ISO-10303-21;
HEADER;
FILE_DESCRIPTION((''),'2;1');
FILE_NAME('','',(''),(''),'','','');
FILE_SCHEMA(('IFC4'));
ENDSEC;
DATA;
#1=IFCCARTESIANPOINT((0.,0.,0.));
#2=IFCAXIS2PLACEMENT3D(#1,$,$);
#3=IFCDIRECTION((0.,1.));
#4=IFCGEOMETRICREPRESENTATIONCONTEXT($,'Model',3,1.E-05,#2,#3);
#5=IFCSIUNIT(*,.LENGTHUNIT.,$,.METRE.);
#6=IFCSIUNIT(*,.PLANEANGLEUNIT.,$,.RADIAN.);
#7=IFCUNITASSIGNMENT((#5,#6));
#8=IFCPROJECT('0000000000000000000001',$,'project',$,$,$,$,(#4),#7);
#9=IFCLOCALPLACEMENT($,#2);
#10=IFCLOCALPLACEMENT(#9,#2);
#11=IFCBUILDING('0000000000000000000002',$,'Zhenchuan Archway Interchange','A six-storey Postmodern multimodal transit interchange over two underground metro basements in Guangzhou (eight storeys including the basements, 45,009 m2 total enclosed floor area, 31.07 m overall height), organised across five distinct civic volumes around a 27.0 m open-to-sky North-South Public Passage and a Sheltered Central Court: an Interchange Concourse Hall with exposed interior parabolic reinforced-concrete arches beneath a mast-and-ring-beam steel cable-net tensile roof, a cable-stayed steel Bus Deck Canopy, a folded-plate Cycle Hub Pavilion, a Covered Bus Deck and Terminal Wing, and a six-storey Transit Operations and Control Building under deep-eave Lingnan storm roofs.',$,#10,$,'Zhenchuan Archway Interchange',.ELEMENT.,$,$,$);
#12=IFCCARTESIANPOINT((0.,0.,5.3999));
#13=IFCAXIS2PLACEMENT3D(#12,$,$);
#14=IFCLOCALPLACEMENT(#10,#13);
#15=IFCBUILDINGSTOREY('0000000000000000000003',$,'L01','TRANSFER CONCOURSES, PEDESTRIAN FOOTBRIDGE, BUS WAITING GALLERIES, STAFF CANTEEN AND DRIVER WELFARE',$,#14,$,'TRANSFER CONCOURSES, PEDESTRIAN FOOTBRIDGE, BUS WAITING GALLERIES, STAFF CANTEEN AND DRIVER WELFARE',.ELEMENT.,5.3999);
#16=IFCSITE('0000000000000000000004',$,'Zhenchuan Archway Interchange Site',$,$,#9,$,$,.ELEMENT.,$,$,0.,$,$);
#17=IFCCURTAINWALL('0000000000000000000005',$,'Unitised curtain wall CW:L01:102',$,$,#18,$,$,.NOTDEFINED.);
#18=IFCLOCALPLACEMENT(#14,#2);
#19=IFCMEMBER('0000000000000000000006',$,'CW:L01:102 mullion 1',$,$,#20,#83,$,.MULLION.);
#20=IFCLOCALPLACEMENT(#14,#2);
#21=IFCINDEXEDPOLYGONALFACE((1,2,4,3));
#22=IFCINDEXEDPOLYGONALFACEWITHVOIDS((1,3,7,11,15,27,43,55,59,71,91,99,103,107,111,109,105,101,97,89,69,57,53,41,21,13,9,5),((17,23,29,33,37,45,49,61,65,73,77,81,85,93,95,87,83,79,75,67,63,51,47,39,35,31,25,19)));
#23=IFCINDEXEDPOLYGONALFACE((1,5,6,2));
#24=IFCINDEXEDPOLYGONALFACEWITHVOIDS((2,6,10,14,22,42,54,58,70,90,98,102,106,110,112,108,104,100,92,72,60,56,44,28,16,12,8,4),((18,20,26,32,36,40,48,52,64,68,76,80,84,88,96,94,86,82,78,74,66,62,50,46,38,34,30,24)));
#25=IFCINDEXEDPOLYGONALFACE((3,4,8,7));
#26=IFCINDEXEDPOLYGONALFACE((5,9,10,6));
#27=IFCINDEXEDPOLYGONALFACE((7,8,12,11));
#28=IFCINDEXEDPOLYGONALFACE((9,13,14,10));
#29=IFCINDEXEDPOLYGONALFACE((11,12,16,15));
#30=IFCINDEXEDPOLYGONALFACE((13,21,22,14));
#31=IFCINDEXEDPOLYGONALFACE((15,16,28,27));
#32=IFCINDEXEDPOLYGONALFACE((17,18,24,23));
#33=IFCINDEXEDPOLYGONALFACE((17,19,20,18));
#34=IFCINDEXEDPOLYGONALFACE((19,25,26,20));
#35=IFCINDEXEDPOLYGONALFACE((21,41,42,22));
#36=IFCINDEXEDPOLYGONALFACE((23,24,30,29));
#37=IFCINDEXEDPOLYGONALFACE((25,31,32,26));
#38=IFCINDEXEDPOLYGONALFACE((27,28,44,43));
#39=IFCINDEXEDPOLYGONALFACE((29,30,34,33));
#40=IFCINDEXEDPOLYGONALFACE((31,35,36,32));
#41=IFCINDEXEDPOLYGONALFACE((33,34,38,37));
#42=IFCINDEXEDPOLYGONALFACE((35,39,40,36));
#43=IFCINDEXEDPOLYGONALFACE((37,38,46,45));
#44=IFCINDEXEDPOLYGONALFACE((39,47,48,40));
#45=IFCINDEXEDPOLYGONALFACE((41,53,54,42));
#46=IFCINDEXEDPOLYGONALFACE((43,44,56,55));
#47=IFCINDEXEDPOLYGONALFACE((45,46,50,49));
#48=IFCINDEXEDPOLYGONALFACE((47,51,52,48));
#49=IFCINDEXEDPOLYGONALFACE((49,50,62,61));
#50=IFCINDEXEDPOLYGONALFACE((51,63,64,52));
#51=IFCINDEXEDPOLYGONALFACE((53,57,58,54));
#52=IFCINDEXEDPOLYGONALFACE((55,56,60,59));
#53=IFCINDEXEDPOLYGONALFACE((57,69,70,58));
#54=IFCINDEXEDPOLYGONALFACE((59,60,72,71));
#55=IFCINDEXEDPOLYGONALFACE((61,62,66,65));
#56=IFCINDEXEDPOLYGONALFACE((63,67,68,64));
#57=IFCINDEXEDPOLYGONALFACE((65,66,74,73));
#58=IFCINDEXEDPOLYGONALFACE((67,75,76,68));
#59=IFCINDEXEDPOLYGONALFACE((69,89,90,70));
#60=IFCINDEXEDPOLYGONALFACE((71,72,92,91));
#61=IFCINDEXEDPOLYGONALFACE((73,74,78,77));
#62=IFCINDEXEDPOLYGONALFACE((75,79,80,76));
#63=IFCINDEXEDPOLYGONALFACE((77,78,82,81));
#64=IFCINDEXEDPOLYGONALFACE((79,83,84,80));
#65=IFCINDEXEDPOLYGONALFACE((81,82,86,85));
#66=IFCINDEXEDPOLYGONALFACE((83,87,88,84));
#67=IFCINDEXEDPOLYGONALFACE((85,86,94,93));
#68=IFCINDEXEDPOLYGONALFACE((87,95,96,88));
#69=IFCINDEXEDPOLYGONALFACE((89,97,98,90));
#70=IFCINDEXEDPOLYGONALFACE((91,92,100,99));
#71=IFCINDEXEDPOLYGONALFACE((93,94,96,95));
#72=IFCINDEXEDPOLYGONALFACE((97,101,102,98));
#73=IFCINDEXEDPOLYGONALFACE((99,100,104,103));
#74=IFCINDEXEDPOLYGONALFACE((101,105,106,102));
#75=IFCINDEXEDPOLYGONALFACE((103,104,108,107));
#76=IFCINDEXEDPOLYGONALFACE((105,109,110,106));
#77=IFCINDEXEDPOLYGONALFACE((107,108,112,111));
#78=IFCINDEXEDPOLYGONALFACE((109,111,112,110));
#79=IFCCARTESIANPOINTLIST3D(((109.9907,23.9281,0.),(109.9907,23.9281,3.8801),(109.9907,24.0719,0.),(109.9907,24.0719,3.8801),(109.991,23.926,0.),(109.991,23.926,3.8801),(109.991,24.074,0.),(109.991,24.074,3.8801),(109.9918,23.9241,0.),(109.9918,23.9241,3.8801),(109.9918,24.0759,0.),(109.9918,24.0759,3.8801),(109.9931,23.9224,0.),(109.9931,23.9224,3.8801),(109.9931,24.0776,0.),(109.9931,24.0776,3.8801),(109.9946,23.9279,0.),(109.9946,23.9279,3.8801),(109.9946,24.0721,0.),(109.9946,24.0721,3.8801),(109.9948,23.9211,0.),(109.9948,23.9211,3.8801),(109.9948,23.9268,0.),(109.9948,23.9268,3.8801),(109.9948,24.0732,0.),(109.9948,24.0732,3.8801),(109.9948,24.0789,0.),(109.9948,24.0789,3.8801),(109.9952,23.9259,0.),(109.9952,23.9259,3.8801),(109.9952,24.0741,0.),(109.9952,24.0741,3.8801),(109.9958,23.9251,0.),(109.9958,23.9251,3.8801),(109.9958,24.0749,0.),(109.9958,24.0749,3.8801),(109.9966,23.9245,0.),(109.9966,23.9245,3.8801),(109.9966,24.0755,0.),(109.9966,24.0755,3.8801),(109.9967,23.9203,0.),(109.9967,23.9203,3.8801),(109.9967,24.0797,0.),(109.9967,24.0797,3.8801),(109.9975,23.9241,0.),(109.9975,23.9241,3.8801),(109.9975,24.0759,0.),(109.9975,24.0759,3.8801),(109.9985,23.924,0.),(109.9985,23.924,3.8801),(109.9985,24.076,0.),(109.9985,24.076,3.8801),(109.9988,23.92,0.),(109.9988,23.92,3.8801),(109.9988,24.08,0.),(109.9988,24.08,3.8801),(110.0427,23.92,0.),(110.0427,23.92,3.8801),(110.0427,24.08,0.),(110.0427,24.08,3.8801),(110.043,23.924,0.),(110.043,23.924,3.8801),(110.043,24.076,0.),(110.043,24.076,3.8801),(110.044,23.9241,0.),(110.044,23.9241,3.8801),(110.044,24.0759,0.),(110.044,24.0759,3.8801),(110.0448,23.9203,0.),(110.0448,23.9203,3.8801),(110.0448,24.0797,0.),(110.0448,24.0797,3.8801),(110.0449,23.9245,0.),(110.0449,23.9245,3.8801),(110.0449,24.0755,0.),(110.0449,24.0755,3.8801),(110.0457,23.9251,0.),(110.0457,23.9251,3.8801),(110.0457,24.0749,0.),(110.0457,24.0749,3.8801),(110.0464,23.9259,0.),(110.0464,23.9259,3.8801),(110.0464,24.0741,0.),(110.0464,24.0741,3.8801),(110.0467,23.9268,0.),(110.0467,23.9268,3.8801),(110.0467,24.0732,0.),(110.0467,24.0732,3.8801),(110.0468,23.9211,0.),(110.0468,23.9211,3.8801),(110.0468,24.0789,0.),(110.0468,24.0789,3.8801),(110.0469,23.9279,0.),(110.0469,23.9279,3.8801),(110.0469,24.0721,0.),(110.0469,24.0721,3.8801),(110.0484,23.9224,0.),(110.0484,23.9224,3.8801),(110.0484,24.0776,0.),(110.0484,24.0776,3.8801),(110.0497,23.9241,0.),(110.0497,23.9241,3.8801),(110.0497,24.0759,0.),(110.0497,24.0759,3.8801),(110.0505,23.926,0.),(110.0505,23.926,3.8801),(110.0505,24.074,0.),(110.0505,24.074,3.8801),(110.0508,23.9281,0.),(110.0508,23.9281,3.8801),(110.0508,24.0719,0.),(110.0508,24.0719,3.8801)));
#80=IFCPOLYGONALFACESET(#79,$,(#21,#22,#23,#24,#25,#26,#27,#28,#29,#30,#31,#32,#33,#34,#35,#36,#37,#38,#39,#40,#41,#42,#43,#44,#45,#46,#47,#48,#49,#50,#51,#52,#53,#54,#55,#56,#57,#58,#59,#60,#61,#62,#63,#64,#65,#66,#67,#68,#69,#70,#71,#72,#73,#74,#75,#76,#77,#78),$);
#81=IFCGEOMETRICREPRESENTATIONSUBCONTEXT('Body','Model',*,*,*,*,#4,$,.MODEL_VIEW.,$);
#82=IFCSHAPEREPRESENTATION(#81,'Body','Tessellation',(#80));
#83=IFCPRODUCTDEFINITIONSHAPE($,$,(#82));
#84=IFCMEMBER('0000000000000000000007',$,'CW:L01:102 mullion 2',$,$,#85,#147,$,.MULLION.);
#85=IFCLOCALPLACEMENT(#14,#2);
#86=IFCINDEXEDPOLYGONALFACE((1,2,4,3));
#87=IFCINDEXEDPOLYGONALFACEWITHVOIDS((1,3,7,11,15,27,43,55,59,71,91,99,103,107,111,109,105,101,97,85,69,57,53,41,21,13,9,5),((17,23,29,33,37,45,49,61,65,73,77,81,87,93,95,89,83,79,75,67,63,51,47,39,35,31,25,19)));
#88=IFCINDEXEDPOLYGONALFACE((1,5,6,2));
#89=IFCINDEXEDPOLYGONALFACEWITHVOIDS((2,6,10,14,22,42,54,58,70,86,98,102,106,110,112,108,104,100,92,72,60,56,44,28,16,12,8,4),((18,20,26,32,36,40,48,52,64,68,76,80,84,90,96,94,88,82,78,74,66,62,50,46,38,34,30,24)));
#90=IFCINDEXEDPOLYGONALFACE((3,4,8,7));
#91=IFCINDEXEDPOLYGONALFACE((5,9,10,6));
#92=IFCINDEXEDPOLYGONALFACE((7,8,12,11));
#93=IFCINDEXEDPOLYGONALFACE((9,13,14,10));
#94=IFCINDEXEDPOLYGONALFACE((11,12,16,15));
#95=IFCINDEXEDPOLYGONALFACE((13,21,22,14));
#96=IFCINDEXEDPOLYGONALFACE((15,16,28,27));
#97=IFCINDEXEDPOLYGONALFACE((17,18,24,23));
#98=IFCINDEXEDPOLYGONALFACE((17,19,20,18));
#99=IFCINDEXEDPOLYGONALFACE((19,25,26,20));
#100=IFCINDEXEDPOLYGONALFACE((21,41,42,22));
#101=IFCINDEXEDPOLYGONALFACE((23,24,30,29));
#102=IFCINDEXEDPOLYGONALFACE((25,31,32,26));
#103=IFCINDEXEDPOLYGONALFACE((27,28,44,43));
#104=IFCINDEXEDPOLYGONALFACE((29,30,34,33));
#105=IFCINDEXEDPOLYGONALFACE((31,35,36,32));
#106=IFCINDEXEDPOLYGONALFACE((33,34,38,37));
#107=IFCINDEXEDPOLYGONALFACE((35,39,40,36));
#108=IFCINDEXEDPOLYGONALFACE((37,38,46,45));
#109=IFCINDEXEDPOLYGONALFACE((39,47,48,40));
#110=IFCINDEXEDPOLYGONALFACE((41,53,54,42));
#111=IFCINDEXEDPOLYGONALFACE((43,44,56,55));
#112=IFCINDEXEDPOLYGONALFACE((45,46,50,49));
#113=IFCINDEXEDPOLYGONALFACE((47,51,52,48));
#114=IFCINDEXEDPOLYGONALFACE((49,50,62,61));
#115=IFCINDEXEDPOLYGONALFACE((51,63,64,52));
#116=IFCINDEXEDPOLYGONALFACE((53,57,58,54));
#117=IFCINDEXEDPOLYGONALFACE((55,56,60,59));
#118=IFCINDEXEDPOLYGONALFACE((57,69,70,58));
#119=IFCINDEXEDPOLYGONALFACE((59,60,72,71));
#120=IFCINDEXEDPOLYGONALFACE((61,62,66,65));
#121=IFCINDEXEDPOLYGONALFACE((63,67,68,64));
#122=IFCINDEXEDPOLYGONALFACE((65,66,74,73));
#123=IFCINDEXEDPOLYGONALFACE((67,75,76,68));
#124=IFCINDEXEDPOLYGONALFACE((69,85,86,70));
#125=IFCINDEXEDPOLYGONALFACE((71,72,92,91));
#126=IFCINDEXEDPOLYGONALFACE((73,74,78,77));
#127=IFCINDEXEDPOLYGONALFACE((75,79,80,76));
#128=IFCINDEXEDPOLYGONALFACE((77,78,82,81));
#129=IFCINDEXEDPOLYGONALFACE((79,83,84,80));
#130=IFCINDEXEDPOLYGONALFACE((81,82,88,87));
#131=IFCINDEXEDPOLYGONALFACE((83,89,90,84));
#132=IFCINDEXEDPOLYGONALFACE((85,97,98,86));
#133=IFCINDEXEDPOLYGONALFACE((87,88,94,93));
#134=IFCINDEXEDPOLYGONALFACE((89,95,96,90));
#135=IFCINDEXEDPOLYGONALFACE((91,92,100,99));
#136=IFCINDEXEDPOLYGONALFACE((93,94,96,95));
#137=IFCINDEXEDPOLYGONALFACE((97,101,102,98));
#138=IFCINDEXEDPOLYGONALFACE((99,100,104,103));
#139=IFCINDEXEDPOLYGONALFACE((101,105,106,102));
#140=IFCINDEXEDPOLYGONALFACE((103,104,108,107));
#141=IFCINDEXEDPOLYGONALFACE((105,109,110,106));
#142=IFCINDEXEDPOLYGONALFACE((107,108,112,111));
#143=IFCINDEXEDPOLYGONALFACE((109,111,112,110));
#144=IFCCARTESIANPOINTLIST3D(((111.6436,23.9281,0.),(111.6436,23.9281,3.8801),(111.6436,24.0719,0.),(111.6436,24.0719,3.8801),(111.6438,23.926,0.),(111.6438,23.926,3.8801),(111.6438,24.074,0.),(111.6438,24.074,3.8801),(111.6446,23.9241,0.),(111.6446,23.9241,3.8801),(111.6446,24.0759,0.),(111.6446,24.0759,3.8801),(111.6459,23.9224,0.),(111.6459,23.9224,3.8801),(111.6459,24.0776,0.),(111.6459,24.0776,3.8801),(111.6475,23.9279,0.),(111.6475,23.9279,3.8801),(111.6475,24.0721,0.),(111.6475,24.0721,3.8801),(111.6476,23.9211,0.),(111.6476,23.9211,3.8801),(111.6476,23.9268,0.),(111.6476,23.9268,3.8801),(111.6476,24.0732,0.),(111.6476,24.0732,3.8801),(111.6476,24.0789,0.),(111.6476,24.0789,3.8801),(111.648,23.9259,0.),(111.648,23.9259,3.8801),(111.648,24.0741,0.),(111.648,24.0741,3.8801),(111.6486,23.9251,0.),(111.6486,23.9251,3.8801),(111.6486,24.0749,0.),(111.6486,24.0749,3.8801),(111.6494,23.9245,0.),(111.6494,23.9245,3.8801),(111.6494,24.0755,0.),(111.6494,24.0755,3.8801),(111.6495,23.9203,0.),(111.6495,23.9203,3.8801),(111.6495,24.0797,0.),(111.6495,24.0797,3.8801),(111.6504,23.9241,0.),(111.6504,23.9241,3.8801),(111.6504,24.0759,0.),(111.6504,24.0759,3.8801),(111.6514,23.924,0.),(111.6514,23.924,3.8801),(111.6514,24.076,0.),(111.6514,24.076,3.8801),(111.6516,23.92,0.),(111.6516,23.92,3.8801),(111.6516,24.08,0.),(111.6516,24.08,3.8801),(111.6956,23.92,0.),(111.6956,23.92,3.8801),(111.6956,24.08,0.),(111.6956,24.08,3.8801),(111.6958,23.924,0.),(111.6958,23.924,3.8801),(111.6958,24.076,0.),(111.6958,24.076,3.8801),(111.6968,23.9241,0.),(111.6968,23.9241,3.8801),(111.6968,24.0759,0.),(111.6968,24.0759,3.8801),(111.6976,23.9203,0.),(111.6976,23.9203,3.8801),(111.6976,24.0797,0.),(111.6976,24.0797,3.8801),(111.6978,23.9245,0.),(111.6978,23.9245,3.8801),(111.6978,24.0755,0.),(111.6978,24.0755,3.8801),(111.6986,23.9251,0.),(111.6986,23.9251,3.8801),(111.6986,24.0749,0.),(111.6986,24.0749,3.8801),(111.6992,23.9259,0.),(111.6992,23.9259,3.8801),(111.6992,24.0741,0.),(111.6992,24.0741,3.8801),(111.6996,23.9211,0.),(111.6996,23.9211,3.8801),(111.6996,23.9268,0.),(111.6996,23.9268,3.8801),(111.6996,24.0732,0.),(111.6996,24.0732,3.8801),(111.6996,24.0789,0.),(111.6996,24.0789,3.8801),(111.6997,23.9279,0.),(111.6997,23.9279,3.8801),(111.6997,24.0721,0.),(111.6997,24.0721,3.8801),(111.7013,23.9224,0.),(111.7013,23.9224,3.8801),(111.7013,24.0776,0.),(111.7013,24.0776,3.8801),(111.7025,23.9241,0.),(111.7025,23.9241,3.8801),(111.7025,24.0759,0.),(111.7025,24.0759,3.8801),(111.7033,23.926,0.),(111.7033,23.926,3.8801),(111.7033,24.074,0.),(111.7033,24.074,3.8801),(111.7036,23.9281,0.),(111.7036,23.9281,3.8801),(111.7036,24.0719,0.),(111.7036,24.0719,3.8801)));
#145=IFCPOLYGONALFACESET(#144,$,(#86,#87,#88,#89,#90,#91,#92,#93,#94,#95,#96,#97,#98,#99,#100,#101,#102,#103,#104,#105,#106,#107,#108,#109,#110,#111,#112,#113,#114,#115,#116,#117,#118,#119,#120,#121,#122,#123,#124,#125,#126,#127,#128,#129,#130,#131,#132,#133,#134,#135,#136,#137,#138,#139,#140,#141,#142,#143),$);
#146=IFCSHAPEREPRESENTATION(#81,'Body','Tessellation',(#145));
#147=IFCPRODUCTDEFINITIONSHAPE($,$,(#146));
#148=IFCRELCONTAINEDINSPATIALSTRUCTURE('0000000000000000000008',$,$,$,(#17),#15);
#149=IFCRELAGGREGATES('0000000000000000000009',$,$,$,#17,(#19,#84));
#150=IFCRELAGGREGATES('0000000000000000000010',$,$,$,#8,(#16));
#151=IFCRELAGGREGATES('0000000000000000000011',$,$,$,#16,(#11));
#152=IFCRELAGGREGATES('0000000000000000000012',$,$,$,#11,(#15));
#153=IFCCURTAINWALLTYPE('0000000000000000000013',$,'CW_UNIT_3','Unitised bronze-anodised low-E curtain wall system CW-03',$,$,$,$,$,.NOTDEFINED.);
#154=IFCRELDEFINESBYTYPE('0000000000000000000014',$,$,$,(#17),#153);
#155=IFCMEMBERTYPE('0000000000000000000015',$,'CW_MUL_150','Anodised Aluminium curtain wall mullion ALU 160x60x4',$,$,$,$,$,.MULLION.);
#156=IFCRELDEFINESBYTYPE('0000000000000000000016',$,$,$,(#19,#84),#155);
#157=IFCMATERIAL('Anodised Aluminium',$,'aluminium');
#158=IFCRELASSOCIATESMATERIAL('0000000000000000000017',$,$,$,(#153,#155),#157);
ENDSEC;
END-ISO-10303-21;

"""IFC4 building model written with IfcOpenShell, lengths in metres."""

from ifc_helpers import new_model, si_unit, direction, frame, origin, origin_2d, place, context, subcontext, project, spatial, hollow_rectangle, extrude, material, material_profile, profile_set, type_object, element, aggregate, save


model = new_model("IFC4")

# Units and contexts
model_context = context("Model", 3, precision=1e-05, world=origin(), true_north=direction((0.0, 1.0)))
body_context = subcontext(model_context, "Body", "Model", "MODEL_VIEW")
ifc_project = project(units=[si_unit("LENGTHUNIT", "METRE"), si_unit("PLANEANGLEUNIT", "RADIAN")], contexts=[model_context])

# Site, building, storey
site_placement = place(None, origin())
site = spatial("IfcSite", under=ifc_project, at=site_placement, Name="Zhenchuan Archway Interchange Site", CompositionType="ELEMENT", RefElevation=0.0)
building_placement = place(site_placement, origin())
building = spatial("IfcBuilding", under=site, at=building_placement, Name="Zhenchuan Archway Interchange", Description="A six-storey Postmodern multimodal transit interchange over two underground metro basements in Guangzhou (eight storeys including the basements, 45,009 m2 total enclosed floor area, 31.07 m overall height), organised across five distinct civic volumes around a 27.0 m open-to-sky North-South Public Passage and a Sheltered Central Court: an Interchange Concourse Hall with exposed interior parabolic reinforced-concrete arches beneath a mast-and-ring-beam steel cable-net tensile roof, a cable-stayed steel Bus Deck Canopy, a folded-plate Cycle Hub Pavilion, a Covered Bus Deck and Terminal Wing, and a six-storey Transit Operations and Control Building under deep-eave Lingnan storm roofs.", LongName="Zhenchuan Archway Interchange", CompositionType="ELEMENT")
storey_placement = place(building_placement, frame((0.0, 0.0, 5.3999)))
storey = spatial("IfcBuildingStorey", under=building, at=storey_placement, Name="L01", Description="TRANSFER CONCOURSES, PEDESTRIAN FOOTBRIDGE, BUS WAITING GALLERIES, STAFF CANTEEN AND DRIVER WELFARE", LongName="TRANSFER CONCOURSES, PEDESTRIAN FOOTBRIDGE, BUS WAITING GALLERIES, STAFF CANTEEN AND DRIVER WELFARE", CompositionType="ELEMENT", Elevation=5.3999)

# Curtain wall, members
ifc_material_1 = material(Name="Anodised Aluminium", Category="aluminium")
curtain_wall_type = type_object("IfcCurtainWallType", Name="CW_UNIT_3", Description="Unitised bronze-anodised low-E curtain wall system CW-03", PredefinedType="NOTDEFINED", material=ifc_material_1)
curtain_wall_placement = place(storey_placement, origin())
curtain_wall = element("IfcCurtainWall", 1, at=curtain_wall_placement, inside=storey, type_object=curtain_wall_type, Name="Unitised curtain wall CW:L01:102", PredefinedType="NOTDEFINED")
ifc_material_profile_1 = material_profile(ifc_material_1, hollow_rectangle(XDim=0.0601, YDim=0.1599, WallThickness=0.0039, InnerFilletRadius=0.0039, OuterFilletRadius=0.0081, at=origin_2d()), Name="ALU 160x60x4")
ifc_profile_set_1 = profile_set([ifc_material_profile_1], Name="Anodised Aluminium")
member_type_1 = type_object("IfcMemberType", Name="CW_MUL_150", Description="Anodised Aluminium curtain wall mullion ALU 160x60x4", PredefinedType="MULLION", material=ifc_profile_set_1)
member_1_placement = place(storey_placement, frame((110.0208, 24.0, 0.0), z_axis=(0.0, 0.0, 1.0), x_axis=(1.0, 0.0, 0.0)))
member_1 = element("IfcMember", 2, at=member_1_placement, type_object=member_type_1, Name="CW:L01:102 mullion 1", PredefinedType="MULLION", context=body_context, shape_type="SweptSolid", body=[
    extrude(hollow_rectangle(XDim=0.0601, YDim=0.1599, WallThickness=0.0039, InnerFilletRadius=0.0039, OuterFilletRadius=0.0081, at=origin_2d()), origin(), (0.0, 0.0, 1.0), 3.8801),
])
member_2_placement = place(storey_placement, frame((111.6736, 24.0, 0.0), z_axis=(0.0, 0.0, 1.0), x_axis=(1.0, 0.0, 0.0)))
member_2 = element("IfcMember", 3, at=member_2_placement, type_object=member_type_1, Name="CW:L01:102 mullion 2", PredefinedType="MULLION", context=body_context, shape_type="SweptSolid", body=[
    extrude(hollow_rectangle(XDim=0.0601, YDim=0.1599, WallThickness=0.0039, InnerFilletRadius=0.0039, OuterFilletRadius=0.0081, at=origin_2d()), origin(), (0.0, 0.0, 1.0), 3.8801),
])

aggregate(curtain_wall, [member_1, member_2])

save(model, "model.ifc")
